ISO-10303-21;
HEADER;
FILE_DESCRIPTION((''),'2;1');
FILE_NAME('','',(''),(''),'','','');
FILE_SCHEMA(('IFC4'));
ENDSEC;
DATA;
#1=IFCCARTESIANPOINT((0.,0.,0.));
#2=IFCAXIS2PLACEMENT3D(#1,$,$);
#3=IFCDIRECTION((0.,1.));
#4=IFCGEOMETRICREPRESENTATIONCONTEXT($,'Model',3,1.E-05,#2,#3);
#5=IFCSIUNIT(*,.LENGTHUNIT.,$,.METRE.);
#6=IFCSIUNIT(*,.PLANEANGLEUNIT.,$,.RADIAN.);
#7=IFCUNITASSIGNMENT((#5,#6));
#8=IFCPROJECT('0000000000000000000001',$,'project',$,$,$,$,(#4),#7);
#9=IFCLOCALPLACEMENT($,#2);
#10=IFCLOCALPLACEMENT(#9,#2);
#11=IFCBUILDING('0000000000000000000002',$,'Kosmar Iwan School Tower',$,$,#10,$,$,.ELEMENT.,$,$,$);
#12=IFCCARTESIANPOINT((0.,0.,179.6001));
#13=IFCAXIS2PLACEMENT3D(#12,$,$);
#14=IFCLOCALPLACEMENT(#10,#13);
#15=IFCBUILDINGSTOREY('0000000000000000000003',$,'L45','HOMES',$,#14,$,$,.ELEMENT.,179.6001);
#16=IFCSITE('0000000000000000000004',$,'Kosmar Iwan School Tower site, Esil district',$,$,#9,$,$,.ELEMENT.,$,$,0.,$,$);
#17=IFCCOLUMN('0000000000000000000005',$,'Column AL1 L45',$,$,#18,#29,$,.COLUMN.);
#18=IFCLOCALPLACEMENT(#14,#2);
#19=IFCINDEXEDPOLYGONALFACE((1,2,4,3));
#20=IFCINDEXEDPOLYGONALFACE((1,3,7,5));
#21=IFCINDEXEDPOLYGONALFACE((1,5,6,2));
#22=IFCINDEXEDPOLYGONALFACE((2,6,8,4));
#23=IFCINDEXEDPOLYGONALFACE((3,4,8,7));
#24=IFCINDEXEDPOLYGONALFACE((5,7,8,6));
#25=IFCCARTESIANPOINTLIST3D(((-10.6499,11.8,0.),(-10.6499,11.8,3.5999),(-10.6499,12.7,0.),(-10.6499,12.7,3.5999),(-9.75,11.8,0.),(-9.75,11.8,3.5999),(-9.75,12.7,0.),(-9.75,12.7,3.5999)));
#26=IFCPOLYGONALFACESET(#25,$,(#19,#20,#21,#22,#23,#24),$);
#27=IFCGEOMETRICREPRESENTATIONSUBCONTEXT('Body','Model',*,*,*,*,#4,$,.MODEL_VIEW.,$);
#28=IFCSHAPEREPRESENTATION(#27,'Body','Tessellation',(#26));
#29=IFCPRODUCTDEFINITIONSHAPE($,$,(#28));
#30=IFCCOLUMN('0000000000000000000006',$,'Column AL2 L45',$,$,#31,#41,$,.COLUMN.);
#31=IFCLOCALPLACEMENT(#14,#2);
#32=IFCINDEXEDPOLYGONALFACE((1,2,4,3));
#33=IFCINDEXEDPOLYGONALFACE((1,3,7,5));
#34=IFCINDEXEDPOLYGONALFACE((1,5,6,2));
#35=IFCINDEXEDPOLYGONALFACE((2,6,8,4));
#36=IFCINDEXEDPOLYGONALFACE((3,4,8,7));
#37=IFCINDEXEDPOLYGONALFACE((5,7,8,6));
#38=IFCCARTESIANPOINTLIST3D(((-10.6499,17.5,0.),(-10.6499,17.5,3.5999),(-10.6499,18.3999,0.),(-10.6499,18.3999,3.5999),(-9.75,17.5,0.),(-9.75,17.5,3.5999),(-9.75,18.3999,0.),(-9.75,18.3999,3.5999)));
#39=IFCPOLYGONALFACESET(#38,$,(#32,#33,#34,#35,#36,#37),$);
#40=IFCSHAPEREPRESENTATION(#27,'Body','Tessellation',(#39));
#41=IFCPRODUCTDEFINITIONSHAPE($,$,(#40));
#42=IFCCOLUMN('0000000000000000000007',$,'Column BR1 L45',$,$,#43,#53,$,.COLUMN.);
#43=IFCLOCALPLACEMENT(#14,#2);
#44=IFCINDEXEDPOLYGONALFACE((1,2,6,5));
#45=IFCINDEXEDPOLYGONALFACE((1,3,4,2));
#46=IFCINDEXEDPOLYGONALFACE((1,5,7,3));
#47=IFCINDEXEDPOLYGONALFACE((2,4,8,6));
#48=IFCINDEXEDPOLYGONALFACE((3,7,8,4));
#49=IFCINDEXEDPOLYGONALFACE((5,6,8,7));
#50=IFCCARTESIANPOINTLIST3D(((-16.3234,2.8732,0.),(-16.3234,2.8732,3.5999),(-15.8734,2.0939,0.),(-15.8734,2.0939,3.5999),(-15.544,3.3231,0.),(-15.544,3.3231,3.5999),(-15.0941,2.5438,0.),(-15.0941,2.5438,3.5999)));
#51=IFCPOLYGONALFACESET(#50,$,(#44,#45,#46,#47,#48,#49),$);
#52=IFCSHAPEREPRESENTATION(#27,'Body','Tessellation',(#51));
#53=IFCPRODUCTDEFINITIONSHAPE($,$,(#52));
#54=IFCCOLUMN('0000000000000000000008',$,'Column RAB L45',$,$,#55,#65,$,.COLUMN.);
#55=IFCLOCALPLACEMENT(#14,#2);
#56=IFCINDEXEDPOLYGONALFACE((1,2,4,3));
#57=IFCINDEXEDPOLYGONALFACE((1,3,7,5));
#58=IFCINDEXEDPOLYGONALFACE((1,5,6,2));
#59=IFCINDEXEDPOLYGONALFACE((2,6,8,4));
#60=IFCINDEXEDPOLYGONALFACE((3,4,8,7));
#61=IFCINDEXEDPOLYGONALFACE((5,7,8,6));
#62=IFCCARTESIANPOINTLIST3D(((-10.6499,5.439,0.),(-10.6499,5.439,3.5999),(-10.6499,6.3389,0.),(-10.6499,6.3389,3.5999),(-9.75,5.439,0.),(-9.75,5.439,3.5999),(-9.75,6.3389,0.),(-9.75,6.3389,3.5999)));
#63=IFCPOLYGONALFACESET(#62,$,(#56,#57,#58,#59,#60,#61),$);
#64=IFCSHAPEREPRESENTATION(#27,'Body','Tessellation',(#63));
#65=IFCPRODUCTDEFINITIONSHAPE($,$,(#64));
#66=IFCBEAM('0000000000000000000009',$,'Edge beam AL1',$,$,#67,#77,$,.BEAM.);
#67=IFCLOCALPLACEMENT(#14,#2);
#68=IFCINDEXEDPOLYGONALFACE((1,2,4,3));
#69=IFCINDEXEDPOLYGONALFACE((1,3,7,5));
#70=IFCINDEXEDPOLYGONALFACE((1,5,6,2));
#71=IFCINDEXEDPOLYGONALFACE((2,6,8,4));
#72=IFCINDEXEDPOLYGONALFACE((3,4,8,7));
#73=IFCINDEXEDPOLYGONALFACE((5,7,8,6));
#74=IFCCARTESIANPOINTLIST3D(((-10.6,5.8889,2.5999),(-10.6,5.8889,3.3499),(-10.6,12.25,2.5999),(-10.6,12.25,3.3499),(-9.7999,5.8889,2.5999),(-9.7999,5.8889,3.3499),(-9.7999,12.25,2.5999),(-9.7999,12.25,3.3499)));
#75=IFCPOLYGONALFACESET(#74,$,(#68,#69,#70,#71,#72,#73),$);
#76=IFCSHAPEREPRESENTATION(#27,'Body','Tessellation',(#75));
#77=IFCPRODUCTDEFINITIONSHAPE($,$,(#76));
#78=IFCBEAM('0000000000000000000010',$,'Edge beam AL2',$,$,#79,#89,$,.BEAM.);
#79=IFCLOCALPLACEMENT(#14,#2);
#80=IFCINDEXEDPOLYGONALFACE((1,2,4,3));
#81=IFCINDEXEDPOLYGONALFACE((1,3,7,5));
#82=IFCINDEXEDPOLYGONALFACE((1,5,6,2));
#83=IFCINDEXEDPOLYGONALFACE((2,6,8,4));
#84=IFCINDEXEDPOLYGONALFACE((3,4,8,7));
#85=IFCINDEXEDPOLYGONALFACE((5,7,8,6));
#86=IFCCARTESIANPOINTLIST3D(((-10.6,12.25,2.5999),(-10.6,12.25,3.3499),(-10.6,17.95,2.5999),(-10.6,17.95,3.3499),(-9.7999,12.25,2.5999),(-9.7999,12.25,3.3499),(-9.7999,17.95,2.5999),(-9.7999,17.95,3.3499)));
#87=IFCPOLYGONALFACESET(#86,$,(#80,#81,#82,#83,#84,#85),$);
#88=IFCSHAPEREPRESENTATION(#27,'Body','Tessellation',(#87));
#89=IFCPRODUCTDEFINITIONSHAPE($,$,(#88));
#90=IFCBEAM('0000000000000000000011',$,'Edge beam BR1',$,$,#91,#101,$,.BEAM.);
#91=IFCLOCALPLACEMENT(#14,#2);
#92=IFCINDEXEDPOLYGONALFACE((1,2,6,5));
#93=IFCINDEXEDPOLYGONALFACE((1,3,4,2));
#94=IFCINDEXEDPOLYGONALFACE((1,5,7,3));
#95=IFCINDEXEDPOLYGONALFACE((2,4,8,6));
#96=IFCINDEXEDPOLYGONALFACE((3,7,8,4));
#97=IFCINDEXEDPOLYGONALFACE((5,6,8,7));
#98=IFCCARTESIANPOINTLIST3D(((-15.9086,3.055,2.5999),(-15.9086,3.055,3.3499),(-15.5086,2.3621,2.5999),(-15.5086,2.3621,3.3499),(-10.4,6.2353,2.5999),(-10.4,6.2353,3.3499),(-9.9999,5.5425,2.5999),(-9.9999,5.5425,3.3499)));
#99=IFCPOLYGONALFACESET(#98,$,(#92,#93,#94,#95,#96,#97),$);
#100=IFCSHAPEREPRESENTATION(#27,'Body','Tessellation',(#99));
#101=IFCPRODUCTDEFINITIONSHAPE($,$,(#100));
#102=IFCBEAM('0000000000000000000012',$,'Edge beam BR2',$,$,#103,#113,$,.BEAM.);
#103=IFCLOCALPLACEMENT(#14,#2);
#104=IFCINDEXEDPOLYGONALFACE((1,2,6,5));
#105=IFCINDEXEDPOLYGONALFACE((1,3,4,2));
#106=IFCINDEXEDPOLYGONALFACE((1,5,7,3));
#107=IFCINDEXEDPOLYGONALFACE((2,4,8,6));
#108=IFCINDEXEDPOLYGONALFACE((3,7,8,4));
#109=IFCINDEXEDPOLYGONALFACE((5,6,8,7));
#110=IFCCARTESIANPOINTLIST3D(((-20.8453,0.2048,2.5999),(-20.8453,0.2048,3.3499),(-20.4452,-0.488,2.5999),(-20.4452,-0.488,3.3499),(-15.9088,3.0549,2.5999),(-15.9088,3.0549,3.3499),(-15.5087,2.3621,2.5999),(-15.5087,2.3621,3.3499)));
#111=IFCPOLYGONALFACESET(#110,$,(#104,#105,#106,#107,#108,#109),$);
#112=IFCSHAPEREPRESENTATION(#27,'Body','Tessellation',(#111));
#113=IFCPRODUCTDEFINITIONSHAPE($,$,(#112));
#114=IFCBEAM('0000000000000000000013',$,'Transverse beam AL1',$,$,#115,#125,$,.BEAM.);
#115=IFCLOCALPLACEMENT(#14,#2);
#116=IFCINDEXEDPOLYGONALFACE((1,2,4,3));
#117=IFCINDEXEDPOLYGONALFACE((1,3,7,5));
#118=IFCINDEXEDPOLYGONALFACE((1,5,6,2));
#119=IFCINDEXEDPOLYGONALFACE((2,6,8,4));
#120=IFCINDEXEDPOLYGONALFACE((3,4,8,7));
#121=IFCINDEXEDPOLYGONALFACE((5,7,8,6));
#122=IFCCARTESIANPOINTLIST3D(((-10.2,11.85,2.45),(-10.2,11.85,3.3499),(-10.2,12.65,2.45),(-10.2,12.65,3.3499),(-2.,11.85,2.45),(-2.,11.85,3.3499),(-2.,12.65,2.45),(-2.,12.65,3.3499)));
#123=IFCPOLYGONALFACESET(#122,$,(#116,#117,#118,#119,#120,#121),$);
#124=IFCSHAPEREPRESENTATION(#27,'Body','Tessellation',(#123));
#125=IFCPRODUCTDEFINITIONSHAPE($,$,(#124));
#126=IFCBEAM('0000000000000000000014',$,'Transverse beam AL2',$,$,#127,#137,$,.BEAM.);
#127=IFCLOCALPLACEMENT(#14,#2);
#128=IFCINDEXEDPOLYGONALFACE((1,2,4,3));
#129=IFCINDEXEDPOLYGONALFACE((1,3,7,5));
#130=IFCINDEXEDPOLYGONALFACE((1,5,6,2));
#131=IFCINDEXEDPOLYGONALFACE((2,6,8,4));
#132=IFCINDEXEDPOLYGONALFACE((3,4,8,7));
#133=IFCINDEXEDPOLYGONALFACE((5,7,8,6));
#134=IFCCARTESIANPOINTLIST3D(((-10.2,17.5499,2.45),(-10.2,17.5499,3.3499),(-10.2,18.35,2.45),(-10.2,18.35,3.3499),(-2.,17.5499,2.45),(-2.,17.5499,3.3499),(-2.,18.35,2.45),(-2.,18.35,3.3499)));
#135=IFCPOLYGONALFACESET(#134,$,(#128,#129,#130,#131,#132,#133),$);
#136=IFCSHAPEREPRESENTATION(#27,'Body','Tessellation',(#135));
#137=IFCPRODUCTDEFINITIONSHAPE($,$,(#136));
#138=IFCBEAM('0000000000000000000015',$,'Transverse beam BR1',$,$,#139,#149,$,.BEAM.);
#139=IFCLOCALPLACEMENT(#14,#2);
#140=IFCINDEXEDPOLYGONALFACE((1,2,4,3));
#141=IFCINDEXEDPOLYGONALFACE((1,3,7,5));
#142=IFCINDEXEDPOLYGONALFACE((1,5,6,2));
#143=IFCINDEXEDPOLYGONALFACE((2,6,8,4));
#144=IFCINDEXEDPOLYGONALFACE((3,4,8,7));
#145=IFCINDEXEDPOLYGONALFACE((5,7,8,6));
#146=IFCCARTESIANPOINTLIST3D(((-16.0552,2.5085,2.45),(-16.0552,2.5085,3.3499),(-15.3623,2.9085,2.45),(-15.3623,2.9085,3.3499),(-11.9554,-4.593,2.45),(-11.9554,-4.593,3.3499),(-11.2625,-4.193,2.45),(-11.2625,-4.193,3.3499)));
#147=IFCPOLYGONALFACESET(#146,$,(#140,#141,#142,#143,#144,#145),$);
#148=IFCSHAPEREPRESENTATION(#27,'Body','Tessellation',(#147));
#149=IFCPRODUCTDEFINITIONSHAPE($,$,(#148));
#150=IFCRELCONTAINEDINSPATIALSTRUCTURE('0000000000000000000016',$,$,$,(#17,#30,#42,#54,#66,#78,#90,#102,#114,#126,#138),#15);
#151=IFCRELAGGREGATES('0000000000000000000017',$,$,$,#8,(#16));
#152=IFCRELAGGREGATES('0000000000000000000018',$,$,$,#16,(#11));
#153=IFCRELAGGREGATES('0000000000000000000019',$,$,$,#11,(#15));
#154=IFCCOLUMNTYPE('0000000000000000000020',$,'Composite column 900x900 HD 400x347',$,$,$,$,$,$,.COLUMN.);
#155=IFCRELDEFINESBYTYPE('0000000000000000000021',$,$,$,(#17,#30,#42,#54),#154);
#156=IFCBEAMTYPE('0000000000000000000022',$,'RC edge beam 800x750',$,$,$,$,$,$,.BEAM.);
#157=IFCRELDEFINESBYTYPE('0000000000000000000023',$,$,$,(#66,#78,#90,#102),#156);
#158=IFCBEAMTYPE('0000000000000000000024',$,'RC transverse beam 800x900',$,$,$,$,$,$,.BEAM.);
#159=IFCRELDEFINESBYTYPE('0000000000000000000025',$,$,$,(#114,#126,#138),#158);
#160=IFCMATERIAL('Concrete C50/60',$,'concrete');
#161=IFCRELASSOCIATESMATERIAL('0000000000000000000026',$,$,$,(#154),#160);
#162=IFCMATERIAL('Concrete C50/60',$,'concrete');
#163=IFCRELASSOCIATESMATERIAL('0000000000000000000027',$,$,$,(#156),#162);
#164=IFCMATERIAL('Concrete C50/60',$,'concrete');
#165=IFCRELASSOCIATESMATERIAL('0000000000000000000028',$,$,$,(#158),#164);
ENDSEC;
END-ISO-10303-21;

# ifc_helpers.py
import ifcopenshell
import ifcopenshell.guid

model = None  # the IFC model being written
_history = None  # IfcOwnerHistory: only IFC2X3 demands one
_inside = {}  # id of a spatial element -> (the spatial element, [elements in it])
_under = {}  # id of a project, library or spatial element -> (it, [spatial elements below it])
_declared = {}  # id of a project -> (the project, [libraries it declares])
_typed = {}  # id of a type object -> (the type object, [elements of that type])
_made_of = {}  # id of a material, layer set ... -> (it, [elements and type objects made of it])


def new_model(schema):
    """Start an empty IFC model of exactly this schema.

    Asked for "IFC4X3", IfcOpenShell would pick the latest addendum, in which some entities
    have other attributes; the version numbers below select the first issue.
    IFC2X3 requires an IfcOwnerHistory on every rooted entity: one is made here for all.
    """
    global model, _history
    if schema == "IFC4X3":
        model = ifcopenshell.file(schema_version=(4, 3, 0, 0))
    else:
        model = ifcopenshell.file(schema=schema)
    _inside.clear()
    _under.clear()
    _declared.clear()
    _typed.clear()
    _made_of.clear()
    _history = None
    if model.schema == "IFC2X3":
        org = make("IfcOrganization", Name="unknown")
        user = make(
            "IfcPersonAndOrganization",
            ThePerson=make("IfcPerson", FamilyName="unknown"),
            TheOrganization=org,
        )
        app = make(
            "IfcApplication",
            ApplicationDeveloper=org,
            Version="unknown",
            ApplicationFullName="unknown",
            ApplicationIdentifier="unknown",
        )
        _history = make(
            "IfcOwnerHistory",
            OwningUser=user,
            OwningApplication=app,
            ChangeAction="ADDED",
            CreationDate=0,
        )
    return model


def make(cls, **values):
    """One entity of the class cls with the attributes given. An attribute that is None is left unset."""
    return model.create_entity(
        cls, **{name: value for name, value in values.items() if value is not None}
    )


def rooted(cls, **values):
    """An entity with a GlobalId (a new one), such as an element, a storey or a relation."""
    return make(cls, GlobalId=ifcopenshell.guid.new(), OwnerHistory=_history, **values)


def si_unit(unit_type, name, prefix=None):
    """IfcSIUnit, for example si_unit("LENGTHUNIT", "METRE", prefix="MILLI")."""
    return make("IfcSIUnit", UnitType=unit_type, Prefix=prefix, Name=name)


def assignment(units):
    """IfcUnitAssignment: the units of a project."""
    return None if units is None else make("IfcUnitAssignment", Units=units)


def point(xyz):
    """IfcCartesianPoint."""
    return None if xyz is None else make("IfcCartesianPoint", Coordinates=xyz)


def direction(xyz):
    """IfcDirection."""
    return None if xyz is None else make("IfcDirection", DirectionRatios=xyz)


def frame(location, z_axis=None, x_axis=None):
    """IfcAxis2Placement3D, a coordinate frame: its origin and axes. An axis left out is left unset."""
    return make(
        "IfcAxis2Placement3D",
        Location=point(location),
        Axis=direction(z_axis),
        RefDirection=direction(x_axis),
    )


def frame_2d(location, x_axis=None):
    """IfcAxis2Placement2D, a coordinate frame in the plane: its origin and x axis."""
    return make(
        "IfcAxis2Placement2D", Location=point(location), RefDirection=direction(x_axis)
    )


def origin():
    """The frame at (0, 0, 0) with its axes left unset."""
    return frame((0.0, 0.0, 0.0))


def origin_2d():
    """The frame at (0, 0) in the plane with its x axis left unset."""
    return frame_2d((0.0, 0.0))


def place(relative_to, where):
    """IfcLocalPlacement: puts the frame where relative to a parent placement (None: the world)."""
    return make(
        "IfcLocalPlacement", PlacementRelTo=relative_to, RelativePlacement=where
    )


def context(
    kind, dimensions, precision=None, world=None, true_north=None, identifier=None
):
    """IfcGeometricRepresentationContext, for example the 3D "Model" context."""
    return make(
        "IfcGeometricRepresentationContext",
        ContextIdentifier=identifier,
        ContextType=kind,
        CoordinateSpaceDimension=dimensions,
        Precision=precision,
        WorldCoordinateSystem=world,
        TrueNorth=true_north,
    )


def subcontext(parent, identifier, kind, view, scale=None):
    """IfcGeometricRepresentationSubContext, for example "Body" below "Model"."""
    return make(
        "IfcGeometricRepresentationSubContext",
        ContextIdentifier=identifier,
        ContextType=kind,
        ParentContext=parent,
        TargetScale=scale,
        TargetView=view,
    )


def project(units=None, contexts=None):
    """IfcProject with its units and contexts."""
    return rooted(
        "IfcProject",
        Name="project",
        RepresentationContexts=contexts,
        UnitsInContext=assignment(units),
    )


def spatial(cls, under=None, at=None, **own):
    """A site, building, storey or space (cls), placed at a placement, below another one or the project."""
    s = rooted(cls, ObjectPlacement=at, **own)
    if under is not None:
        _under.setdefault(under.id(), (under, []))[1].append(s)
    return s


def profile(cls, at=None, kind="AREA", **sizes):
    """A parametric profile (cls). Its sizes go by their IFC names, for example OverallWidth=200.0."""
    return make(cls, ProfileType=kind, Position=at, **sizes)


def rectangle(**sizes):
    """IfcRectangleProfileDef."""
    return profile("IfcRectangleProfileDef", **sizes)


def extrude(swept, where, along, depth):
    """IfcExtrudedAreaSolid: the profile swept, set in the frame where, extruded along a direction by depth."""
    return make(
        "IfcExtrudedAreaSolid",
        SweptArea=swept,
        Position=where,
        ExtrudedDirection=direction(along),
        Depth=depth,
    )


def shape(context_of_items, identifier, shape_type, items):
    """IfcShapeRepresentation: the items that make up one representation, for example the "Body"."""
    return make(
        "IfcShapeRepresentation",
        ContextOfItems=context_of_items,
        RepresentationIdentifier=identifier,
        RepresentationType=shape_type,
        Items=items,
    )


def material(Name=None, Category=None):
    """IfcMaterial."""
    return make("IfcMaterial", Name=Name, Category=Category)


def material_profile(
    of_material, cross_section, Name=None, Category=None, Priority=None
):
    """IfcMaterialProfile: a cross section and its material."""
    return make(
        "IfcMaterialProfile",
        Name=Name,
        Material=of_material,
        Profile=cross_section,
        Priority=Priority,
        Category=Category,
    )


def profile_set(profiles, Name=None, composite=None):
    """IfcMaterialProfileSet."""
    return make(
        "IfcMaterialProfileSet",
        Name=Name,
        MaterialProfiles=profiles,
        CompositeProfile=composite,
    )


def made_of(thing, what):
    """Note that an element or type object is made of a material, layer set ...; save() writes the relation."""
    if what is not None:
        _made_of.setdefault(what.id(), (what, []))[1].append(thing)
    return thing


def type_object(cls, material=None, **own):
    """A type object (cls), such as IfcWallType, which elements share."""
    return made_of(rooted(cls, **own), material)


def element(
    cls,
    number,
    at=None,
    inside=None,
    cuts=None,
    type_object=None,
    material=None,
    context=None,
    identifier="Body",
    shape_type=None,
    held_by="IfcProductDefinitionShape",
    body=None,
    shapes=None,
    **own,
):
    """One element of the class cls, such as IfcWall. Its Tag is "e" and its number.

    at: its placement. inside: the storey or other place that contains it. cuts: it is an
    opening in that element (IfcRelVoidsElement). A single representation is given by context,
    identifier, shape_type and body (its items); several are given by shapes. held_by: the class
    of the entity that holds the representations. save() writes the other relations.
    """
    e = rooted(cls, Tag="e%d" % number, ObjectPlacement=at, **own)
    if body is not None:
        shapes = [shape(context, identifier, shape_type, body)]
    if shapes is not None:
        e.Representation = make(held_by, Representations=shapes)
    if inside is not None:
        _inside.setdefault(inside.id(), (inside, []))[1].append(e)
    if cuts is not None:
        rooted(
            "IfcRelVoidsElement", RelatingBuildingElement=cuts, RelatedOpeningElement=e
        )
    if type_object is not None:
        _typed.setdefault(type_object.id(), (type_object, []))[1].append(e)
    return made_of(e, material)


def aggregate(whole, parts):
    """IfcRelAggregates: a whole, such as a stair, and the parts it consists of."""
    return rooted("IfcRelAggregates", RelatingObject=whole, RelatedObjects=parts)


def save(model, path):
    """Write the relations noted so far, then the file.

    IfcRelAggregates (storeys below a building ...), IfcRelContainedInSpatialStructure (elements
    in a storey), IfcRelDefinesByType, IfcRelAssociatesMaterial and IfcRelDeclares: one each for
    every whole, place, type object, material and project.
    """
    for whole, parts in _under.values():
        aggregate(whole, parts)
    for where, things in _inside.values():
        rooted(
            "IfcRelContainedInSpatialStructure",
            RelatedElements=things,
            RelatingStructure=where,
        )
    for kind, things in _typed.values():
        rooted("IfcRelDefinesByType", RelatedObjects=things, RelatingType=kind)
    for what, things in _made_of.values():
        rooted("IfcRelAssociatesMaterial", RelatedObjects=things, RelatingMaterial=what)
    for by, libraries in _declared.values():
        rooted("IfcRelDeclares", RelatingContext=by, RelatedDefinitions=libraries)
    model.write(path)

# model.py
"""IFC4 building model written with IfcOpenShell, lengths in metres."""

from ifc_helpers import new_model, si_unit, direction, frame, origin, origin_2d, place, context, subcontext, project, spatial, rectangle, extrude, material, material_profile, profile_set, type_object, element, save


model = new_model("IFC4")

# Units and contexts
model_context = context("Model", 3, precision=1e-05, world=origin(), true_north=direction((0.0, 1.0)))
body_context = subcontext(model_context, "Body", "Model", "MODEL_VIEW")
ifc_project = project(units=[si_unit("LENGTHUNIT", "METRE"), si_unit("PLANEANGLEUNIT", "RADIAN")], contexts=[model_context])

# Site, building, storey
site_placement = place(None, origin())
site = spatial("IfcSite", under=ifc_project, at=site_placement, Name="Kosmar Iwan School Tower site, Esil district", CompositionType="ELEMENT", RefElevation=0.0)
building_placement = place(site_placement, origin())
building = spatial("IfcBuilding", under=site, at=building_placement, Name="Kosmar Iwan School Tower", CompositionType="ELEMENT")
storey_placement = place(building_placement, frame((0.0, 0.0, 179.6001)))
storey = spatial("IfcBuildingStorey", under=building, at=storey_placement, Name="L45", Description="HOMES", CompositionType="ELEMENT", Elevation=179.6001)

# Columns
ifc_material_1 = material(Name="Concrete C50/60", Category="concrete")
ifc_material_profile_1 = material_profile(ifc_material_1, rectangle(XDim=0.8999, YDim=0.8999, at=origin_2d()), Name="RC 900x900 + HD 400x347")
ifc_profile_set_1 = profile_set([ifc_material_profile_1], Name="Concrete C50/60")
column_type = type_object("IfcColumnType", Name="Composite column 900x900 HD 400x347", PredefinedType="COLUMN", material=ifc_profile_set_1)
for number, where, z_axis, x_axis, name in (
    (1, (-10.2, 12.25, 0.0), (0.0, 0.0, 1.0), (0.0, 1.0, 0.0), "Column AL1 L45"),
    (2, (-10.2, 17.95, 0.0), (0.0, 0.0, 1.0), (0.0, 1.0, 0.0), "Column AL2 L45"),
    (3, (-15.7087, 2.7085, 0.0), (0.0, 0.0, 1.0), (-0.866025, -0.5, 0.0), "Column BR1 L45"),
    (4, (-10.2, 5.8889, 0.0), (0.0, 0.0, 1.0), (1.0, 0.0, 0.0), "Column RAB L45"),
):
    element("IfcColumn", number, at=place(storey_placement, frame(where, z_axis=z_axis, x_axis=x_axis)), inside=storey, type_object=column_type, Name=name, PredefinedType="COLUMN", context=body_context, shape_type="SweptSolid", body=[
        extrude(rectangle(XDim=0.8999, YDim=0.8999, at=origin_2d()), origin(), (0.0, 0.0, 1.0), 3.5999),
    ])

# Beams
ifc_material_2 = material(Name="Concrete C50/60", Category="concrete")
ifc_material_profile_2 = material_profile(ifc_material_2, rectangle(XDim=0.8, YDim=0.75, at=origin_2d()), Name="RC 800x750")
ifc_profile_set_2 = profile_set([ifc_material_profile_2], Name="Concrete C50/60")
beam_type_1 = type_object("IfcBeamType", Name="RC edge beam 800x750", PredefinedType="BEAM", material=ifc_profile_set_2)
beam_1_placement = place(storey_placement, frame((-10.2, 5.8889, 2.9749), z_axis=(0.0, 1.0, 0.0), x_axis=(-1.0, 0.0, 0.0)))
element("IfcBeam", 5, at=beam_1_placement, inside=storey, type_object=beam_type_1, Name="Edge beam AL1", PredefinedType="BEAM", context=body_context, shape_type="SweptSolid", body=[
    extrude(rectangle(XDim=0.8, YDim=0.75, at=origin_2d()), origin(), (0.0, 0.0, 1.0), 6.3611),
])
beam_2_placement = place(storey_placement, frame((-10.2, 12.25, 2.9749), z_axis=(0.0, 1.0, 0.0), x_axis=(-1.0, 0.0, 0.0)))
element("IfcBeam", 6, at=beam_2_placement, inside=storey, type_object=beam_type_1, Name="Edge beam AL2", PredefinedType="BEAM", context=body_context, shape_type="SweptSolid", body=[
    extrude(rectangle(XDim=0.8, YDim=0.75, at=origin_2d()), origin(), (0.0, 0.0, 1.0), 5.7),
])
beam_3_placement = place(storey_placement, frame((-10.2, 5.8889, 2.9749), z_axis=(-0.866031, -0.49999, 0.0), x_axis=(0.49999, -0.866031, 0.0)))
element("IfcBeam", 7, at=beam_3_placement, inside=storey, type_object=beam_type_1, Name="Edge beam BR1", PredefinedType="BEAM", context=body_context, shape_type="SweptSolid", body=[
    extrude(rectangle(XDim=0.8, YDim=0.75, at=origin_2d()), origin(), (0.0, 0.0, 1.0), 6.3608),
])
beam_4_placement = place(storey_placement, frame((-15.7087, 2.7085, 2.9749), z_axis=(-0.866026, -0.499999, 0.0), x_axis=(0.499999, -0.866026, 0.0)))
element("IfcBeam", 8, at=beam_4_placement, inside=storey, type_object=beam_type_1, Name="Edge beam BR2", PredefinedType="BEAM", context=body_context, shape_type="SweptSolid", body=[
    extrude(rectangle(XDim=0.8, YDim=0.75, at=origin_2d()), origin(), (0.0, 0.0, 1.0), 5.7002),
])
ifc_material_3 = material(Name="Concrete C50/60", Category="concrete")
ifc_material_profile_3 = material_profile(ifc_material_3, rectangle(XDim=0.8, YDim=0.8999, at=origin_2d()), Name="RC 800x900")
ifc_profile_set_3 = profile_set([ifc_material_profile_3], Name="Concrete C50/60")
beam_type_2 = type_object("IfcBeamType", Name="RC transverse beam 800x900", PredefinedType="BEAM", material=ifc_profile_set_3)
for number, where, z_axis, x_axis, name in (
    (9, (-10.2, 12.25, 2.8999), (1.0, 0.0, 0.0), (0.0, 1.0, 0.0), "Transverse beam AL1"),
    (10, (-10.2, 17.95, 2.8999), (1.0, 0.0, 0.0), (0.0, 1.0, 0.0), "Transverse beam AL2"),
    (11, (-15.7087, 2.7085, 2.8999), (0.499978, -0.866038, 0.0), (0.866038, 0.499978, 0.0), "Transverse beam BR1"),
):
    element("IfcBeam", number, at=place(storey_placement, frame(where, z_axis=z_axis, x_axis=x_axis)), inside=storey, type_object=beam_type_2, Name=name, PredefinedType="BEAM", context=body_context, shape_type="SweptSolid", body=[
        extrude(rectangle(XDim=0.8, YDim=0.8999, at=origin_2d()), origin(), (0.0, 0.0, 1.0), 8.2),
    ])

save(model, "model.ifc")
